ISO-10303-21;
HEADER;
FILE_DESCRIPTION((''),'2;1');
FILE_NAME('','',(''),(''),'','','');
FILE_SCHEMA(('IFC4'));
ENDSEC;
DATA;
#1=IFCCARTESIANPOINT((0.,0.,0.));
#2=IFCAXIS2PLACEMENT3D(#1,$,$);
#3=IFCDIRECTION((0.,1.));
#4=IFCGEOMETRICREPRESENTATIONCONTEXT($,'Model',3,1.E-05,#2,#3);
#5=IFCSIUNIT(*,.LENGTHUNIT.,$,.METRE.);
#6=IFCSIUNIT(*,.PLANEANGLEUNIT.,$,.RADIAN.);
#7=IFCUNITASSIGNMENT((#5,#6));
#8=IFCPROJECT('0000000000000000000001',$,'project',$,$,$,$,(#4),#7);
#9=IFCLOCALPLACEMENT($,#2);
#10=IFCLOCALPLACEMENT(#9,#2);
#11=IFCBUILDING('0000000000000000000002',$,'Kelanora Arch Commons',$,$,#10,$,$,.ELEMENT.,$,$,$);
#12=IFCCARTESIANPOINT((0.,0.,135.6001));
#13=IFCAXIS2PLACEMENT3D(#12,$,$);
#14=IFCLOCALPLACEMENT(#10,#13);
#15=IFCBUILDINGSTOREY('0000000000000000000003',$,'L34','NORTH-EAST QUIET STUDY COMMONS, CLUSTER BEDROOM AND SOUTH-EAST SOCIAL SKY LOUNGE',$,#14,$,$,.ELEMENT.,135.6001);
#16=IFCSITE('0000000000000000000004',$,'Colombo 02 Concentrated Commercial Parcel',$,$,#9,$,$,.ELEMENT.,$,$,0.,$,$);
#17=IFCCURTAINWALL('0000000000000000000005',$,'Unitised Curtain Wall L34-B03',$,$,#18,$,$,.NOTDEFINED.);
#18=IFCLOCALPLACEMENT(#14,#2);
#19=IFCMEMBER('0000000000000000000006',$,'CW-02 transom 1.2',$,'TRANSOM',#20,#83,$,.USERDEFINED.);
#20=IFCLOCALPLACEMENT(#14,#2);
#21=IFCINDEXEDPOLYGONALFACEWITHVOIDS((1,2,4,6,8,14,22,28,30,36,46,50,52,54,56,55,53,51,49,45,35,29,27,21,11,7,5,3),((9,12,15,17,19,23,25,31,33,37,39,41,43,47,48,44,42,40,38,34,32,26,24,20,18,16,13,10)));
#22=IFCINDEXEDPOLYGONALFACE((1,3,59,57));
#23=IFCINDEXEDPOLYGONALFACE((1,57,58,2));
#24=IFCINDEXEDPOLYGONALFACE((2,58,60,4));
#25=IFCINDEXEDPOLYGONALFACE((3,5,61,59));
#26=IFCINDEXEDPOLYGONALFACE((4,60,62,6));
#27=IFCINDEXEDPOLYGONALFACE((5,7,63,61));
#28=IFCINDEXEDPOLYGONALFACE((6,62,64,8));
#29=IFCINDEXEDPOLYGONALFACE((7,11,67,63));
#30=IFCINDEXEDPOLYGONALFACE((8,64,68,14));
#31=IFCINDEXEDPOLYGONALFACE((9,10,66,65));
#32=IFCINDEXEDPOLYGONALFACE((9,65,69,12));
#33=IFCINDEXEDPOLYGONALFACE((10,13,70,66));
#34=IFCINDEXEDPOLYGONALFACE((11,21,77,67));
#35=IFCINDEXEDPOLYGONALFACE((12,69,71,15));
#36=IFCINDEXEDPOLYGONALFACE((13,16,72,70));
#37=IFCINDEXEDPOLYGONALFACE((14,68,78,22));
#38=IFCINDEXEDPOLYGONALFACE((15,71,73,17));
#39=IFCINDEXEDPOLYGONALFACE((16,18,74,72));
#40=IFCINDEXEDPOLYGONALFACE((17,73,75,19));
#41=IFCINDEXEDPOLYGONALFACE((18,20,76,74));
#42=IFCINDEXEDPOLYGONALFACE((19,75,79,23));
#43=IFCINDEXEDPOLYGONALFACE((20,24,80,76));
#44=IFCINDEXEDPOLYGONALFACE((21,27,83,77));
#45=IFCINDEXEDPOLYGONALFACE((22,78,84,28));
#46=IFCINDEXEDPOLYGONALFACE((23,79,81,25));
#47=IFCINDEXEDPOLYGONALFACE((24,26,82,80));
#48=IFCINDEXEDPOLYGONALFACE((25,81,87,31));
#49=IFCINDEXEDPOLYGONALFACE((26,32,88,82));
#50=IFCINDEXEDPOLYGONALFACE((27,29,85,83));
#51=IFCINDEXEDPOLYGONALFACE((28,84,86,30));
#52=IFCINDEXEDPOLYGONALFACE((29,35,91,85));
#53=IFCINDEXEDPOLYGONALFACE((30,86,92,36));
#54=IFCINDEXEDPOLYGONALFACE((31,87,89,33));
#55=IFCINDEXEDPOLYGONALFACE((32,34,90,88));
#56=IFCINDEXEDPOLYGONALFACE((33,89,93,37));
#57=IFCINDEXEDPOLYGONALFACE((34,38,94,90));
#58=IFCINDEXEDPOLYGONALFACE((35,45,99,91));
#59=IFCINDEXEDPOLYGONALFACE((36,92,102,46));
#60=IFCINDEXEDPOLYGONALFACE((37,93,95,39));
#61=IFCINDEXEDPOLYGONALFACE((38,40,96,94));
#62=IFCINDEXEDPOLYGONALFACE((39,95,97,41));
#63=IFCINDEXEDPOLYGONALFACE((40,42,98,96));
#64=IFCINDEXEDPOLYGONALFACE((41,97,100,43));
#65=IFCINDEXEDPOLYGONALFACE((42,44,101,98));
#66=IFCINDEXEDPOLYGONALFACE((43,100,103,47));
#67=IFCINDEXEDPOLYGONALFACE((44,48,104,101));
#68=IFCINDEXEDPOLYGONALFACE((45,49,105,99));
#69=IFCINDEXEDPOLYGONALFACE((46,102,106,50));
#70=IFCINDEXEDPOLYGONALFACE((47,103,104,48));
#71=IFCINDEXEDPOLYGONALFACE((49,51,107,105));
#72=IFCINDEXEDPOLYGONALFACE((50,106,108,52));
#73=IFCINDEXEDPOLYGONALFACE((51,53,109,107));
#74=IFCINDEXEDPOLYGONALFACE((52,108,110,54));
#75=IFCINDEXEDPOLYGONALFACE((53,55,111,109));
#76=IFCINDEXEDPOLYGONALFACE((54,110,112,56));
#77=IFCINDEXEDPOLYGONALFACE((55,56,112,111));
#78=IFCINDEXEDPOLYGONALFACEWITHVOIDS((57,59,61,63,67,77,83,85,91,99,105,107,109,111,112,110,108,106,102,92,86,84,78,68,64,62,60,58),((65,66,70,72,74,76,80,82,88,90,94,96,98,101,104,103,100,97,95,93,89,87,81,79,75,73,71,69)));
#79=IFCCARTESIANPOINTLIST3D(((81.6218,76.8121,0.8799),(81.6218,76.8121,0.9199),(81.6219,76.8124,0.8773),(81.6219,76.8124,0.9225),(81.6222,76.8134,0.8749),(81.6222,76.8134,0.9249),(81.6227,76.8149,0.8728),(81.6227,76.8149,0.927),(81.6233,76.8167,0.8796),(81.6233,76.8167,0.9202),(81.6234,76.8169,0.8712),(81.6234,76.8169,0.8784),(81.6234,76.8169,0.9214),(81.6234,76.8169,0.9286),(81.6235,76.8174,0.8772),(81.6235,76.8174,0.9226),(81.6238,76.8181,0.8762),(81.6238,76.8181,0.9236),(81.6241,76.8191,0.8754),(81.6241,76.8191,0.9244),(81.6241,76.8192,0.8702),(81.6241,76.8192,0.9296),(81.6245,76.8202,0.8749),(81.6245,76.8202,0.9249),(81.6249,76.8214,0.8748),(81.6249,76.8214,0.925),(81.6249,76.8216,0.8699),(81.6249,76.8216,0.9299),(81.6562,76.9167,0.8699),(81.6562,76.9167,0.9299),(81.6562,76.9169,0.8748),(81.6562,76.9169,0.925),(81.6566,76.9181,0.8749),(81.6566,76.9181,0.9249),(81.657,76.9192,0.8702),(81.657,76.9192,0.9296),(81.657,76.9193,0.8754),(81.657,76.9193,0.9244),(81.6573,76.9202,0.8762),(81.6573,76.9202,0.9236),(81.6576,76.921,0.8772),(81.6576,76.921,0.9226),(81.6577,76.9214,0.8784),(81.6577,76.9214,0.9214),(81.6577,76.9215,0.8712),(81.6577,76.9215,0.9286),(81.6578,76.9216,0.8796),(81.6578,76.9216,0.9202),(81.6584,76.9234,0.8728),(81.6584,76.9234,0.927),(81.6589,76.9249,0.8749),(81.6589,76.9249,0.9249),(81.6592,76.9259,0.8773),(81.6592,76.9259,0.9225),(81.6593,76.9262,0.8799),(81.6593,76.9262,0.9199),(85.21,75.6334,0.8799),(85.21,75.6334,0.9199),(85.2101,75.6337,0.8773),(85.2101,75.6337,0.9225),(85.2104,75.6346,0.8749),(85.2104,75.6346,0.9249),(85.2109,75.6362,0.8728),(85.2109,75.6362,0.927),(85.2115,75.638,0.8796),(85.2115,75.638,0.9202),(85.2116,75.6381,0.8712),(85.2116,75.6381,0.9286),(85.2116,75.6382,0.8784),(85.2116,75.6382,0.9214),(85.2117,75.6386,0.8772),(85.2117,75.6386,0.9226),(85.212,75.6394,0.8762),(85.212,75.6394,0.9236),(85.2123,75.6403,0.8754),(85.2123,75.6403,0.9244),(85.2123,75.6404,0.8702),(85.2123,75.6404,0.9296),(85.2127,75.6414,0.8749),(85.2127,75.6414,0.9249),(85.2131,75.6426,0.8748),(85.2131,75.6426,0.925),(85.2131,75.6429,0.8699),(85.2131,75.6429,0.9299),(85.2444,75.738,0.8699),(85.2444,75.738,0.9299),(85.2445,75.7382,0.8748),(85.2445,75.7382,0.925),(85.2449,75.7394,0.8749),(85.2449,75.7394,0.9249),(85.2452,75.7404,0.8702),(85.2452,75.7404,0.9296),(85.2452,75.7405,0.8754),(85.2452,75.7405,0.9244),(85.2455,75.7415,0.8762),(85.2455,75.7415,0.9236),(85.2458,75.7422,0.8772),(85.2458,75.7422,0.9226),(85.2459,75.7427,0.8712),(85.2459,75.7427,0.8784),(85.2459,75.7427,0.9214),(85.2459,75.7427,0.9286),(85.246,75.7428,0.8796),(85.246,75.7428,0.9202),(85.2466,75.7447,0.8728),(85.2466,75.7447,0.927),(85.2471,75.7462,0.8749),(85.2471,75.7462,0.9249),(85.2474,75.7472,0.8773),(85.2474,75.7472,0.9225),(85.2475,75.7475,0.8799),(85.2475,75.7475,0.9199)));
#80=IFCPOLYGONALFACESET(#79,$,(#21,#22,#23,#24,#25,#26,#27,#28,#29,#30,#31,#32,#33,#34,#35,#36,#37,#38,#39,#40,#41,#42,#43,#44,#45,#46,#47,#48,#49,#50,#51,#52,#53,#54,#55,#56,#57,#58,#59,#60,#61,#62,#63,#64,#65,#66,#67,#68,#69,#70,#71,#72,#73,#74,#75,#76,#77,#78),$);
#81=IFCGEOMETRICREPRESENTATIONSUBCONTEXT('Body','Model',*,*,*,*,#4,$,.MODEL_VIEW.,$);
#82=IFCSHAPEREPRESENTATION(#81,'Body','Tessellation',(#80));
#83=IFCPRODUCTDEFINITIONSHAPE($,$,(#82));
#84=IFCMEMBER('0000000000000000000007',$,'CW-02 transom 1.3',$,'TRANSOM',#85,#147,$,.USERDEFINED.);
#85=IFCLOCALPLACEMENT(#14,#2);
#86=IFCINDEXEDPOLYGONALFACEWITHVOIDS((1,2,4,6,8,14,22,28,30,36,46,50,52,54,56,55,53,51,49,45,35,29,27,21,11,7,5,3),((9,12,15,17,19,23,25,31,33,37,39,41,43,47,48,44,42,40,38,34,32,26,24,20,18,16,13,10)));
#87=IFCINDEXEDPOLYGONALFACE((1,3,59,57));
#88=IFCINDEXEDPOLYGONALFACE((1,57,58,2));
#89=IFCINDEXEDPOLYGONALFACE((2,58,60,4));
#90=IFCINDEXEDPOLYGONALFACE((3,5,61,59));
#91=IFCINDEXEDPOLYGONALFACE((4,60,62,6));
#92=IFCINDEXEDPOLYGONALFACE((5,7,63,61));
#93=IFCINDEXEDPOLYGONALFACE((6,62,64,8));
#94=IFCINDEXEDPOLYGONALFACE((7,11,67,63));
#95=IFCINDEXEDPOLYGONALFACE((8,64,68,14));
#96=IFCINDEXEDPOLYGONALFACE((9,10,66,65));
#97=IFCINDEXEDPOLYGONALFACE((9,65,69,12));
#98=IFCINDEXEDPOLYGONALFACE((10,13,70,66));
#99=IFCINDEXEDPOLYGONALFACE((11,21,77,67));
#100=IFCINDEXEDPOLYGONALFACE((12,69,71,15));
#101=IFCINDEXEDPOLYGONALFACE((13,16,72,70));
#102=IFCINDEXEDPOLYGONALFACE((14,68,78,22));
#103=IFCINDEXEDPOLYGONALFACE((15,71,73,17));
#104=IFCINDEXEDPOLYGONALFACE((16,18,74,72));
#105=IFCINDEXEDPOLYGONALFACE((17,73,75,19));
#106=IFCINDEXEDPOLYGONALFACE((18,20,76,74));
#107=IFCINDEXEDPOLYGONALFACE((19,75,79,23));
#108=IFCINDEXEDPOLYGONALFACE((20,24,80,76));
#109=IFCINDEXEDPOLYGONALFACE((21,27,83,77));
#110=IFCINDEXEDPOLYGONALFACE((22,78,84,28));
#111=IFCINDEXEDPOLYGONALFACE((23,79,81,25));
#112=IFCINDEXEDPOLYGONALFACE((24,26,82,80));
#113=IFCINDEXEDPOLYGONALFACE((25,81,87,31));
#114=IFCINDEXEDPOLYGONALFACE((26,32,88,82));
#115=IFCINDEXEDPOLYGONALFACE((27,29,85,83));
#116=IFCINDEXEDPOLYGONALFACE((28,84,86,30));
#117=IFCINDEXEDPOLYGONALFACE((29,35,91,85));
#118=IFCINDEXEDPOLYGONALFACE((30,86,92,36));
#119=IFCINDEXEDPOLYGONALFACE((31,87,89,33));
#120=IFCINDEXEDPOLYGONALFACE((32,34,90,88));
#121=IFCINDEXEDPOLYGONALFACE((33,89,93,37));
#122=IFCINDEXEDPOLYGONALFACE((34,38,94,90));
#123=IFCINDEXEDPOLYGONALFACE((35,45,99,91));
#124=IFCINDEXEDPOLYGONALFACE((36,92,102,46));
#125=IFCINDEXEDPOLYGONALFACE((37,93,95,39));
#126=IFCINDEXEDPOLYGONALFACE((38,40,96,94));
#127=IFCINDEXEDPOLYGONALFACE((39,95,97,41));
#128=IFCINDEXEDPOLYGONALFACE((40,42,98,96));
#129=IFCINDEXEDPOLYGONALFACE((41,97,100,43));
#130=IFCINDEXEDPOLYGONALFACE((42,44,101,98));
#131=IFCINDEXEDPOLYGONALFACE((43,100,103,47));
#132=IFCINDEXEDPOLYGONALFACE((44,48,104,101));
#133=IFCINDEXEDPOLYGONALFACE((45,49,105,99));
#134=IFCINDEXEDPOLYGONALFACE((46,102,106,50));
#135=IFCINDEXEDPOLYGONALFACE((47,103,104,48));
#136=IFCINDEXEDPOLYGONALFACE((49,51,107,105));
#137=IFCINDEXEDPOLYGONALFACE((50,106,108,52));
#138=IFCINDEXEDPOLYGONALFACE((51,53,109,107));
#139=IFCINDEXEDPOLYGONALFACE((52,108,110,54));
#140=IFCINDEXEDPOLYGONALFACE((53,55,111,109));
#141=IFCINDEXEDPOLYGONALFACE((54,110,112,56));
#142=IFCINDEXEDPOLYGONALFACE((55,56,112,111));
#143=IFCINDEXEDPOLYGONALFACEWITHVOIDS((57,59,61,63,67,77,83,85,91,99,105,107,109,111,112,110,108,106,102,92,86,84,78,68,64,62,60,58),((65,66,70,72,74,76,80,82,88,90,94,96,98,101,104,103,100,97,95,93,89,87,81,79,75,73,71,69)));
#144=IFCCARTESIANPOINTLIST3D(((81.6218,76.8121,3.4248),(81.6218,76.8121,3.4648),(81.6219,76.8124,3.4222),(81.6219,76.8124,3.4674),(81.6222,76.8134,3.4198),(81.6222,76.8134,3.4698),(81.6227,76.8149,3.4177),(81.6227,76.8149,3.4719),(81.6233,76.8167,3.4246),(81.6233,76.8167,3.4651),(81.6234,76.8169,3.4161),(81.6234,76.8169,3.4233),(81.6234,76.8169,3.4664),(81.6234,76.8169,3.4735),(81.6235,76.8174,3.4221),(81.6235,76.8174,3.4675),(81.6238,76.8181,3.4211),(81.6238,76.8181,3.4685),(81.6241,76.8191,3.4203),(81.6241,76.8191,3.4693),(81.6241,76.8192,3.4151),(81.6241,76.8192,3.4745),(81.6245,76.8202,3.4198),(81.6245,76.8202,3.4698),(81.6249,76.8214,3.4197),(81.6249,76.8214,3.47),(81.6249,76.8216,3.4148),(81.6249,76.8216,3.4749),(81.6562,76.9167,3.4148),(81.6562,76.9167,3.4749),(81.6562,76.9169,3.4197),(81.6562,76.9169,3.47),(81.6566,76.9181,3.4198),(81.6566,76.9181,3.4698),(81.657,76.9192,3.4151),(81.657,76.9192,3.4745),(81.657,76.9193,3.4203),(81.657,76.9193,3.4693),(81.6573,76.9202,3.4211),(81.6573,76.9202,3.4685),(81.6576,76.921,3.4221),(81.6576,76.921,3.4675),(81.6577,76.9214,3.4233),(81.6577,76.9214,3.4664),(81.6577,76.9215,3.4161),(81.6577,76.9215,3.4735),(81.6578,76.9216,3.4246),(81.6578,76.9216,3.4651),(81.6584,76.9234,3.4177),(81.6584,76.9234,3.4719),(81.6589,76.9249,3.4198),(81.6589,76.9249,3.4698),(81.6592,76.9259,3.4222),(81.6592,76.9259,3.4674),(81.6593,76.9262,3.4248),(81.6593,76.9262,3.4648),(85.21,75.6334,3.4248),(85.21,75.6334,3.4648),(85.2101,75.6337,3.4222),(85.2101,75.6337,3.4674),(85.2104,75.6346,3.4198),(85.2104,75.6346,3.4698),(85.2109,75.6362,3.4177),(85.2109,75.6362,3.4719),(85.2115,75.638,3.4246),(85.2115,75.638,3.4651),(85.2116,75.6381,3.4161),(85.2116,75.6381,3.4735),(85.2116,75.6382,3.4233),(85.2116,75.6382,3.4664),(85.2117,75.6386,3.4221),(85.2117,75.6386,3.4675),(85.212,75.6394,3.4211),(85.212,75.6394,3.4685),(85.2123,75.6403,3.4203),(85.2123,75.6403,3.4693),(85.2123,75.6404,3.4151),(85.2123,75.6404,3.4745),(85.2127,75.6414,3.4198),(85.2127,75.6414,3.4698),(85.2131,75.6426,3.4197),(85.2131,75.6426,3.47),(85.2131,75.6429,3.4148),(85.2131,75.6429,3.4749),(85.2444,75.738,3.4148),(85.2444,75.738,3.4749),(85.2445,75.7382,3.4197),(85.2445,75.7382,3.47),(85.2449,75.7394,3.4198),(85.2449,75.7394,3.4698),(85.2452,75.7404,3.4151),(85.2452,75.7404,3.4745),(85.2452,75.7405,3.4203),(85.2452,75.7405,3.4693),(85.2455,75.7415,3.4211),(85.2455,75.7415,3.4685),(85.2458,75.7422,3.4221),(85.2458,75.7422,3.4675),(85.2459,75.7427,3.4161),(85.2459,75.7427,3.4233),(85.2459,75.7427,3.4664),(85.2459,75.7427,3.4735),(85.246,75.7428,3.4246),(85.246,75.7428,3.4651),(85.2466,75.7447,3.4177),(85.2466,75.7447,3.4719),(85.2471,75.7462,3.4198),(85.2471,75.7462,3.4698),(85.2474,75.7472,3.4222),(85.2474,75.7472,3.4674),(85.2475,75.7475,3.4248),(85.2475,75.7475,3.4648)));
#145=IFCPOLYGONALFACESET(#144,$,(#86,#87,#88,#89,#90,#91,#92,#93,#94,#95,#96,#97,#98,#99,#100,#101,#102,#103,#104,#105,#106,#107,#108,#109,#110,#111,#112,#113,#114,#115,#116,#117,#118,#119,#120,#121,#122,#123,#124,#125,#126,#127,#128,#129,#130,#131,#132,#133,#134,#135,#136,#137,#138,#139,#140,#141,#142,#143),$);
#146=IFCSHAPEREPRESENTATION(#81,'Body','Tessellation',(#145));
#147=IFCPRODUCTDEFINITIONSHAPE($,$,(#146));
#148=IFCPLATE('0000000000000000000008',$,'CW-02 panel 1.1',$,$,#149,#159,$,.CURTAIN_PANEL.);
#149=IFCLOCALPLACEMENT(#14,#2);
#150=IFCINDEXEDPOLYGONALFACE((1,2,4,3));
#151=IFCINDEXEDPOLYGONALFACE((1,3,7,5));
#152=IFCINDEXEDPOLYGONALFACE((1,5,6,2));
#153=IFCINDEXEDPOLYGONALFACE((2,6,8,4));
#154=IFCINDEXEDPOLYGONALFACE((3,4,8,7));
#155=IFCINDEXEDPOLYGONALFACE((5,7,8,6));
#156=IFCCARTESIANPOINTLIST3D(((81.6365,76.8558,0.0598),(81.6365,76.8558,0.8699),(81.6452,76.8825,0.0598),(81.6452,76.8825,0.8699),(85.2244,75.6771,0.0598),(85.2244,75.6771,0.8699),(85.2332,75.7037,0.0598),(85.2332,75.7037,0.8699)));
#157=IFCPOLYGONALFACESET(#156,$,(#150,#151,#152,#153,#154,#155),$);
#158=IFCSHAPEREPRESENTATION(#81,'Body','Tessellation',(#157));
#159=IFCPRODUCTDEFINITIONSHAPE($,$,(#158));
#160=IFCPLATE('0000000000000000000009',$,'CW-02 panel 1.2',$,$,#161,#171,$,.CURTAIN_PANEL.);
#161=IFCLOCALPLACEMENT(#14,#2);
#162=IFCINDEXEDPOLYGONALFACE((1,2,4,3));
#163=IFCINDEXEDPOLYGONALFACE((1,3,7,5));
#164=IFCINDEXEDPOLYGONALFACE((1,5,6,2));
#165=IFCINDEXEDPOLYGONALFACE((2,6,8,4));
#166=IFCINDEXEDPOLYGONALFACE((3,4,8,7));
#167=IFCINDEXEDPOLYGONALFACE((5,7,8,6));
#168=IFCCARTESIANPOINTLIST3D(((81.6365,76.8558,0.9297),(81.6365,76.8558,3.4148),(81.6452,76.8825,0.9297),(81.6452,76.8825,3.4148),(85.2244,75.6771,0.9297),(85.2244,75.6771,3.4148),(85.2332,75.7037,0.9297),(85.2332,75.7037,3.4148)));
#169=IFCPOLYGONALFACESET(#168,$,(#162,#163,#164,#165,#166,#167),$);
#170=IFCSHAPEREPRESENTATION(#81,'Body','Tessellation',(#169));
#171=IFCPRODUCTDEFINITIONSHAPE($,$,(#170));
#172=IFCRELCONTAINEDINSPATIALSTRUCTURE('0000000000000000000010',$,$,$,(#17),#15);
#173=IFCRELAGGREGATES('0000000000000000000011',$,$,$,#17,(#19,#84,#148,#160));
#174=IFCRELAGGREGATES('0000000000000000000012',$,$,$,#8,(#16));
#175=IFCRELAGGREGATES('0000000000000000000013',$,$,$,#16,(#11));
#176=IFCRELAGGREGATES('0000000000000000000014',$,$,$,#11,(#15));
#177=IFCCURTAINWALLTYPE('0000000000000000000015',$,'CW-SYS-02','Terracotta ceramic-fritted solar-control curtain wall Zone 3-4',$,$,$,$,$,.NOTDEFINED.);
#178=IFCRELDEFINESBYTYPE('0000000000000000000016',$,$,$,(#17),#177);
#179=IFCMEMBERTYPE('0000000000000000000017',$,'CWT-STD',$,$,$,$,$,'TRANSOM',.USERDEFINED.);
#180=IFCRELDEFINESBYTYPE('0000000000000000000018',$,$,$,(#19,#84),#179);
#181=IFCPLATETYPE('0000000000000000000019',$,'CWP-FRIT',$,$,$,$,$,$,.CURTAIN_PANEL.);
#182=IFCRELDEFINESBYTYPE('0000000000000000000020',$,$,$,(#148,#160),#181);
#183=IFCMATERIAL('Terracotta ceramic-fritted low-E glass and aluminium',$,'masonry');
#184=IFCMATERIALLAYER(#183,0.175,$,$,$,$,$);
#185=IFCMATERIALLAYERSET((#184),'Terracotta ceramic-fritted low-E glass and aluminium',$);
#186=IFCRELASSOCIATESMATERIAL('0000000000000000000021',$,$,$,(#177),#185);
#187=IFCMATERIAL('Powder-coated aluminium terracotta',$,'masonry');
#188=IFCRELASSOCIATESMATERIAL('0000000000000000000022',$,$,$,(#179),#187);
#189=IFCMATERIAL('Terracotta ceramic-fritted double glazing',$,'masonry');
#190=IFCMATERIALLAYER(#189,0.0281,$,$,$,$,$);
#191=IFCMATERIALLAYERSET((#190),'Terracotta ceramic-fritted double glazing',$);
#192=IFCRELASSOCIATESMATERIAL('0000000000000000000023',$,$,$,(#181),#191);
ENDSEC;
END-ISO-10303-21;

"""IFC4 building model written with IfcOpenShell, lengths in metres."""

from ifc_helpers import new_model, si_unit, direction, frame, origin, origin_2d, place, context, subcontext, project, spatial, rectangle, hollow_rectangle, extrude, source, transform, mapped, material, layer, layer_set, material_profile, profile_set, type_object, element, aggregate, save


model = new_model("IFC4")

# Units and contexts
model_context = context("Model", 3, precision=1e-05, world=origin(), true_north=direction((0.0, 1.0)))
body_context = subcontext(model_context, "Body", "Model", "MODEL_VIEW")
ifc_project = project(units=[si_unit("LENGTHUNIT", "METRE"), si_unit("PLANEANGLEUNIT", "RADIAN")], contexts=[model_context])

# Site, building, storey
site_placement = place(None, origin())
site = spatial("IfcSite", under=ifc_project, at=site_placement, Name="Colombo 02 Concentrated Commercial Parcel", CompositionType="ELEMENT", RefElevation=0.0)
building_placement = place(site_placement, origin())
building = spatial("IfcBuilding", under=site, at=building_placement, Name="Kelanora Arch Commons", CompositionType="ELEMENT")
storey_placement = place(building_placement, frame((0.0, 0.0, 135.6001)))
storey = spatial("IfcBuildingStorey", under=building, at=storey_placement, Name="L34", Description="NORTH-EAST QUIET STUDY COMMONS, CLUSTER BEDROOM AND SOUTH-EAST SOCIAL SKY LOUNGE", CompositionType="ELEMENT", Elevation=135.6001)

# Curtain wall, members, plates
ifc_material_1 = material(Name="Terracotta ceramic-fritted low-E glass and aluminium", Category="masonry")
ifc_layer_1 = layer(ifc_material_1, 0.175)
ifc_layer_set_1 = layer_set([ifc_layer_1], Name="Terracotta ceramic-fritted low-E glass and aluminium")
curtain_wall_type = type_object("IfcCurtainWallType", Name="CW-SYS-02", Description="Terracotta ceramic-fritted solar-control curtain wall Zone 3-4", PredefinedType="NOTDEFINED", material=ifc_layer_set_1)
curtain_wall_placement = place(storey_placement, origin())
curtain_wall = element("IfcCurtainWall", 1, at=curtain_wall_placement, inside=storey, type_object=curtain_wall_type, Name="Unitised Curtain Wall L34-B03", PredefinedType="NOTDEFINED")
ifc_material_2 = material(Name="Powder-coated aluminium terracotta", Category="masonry")
ifc_material_profile_1 = material_profile(ifc_material_2, hollow_rectangle(XDim=0.1201, YDim=0.0601, WallThickness=0.0049, InnerFilletRadius=0.0049, OuterFilletRadius=0.01, at=origin_2d()), Name="CWT120x60")
ifc_profile_set_1 = profile_set([ifc_material_profile_1], Name="Powder-coated aluminium terracotta")
member_type_1 = type_object("IfcMemberType", Name="CWT-STD", ElementType="TRANSOM", PredefinedType="USERDEFINED", material=ifc_profile_set_1)
member_1_placement = place(storey_placement, frame((85.2288, 75.6904, 0.8999), z_axis=(-0.950051, 0.312094, 0.0), x_axis=(-0.312094, -0.950051, 0.0)))
member_1 = element("IfcMember", 2, at=member_1_placement, type_object=member_type_1, Name="CW-02 transom 1.2", ObjectType="TRANSOM", PredefinedType="USERDEFINED", context=body_context, shape_type="SweptSolid", body=[
    extrude(hollow_rectangle(XDim=0.1201, YDim=0.0601, WallThickness=0.0049, InnerFilletRadius=0.0049, OuterFilletRadius=0.01, at=origin_2d()), origin(), (0.0, 0.0, 1.0), 3.7769),
])
member_2_placement = place(storey_placement, frame((85.2288, 75.6904, 3.4448), z_axis=(-0.950051, 0.312094, 0.0), x_axis=(-0.312094, -0.950051, 0.0)))
member_2 = element("IfcMember", 3, at=member_2_placement, type_object=member_type_1, Name="CW-02 transom 1.3", ObjectType="TRANSOM", PredefinedType="USERDEFINED", context=body_context, shape_type="SweptSolid", body=[
    extrude(hollow_rectangle(XDim=0.1201, YDim=0.0601, WallThickness=0.0049, InnerFilletRadius=0.0049, OuterFilletRadius=0.01, at=origin_2d()), origin(), (0.0, 0.0, 1.0), 3.7769),
])
ifc_material_3 = material(Name="Terracotta ceramic-fritted double glazing", Category="masonry")
ifc_layer_2 = layer(ifc_material_3, 0.0281)
ifc_layer_set_2 = layer_set([ifc_layer_2], Name="Terracotta ceramic-fritted double glazing")
plate_type = type_object("IfcPlateType", Name="CWP-FRIT", PredefinedType="CURTAIN_PANEL", material=ifc_layer_set_2)
shared_shape_1 = source(origin(), body_context, "Body", "SweptSolid", [
    extrude(rectangle(XDim=3.7766, YDim=0.0281, at=origin_2d()), origin(), (0.0, 0.0, 1.0), 0.8101),
])
plate_1_placement = place(storey_placement, frame((83.4348, 76.2798, 0.0598), z_axis=(0.0, 0.0, 1.0), x_axis=(-0.95004, 0.312128, 0.0)))
plate_1 = element("IfcPlate", 4, at=plate_1_placement, type_object=plate_type, Name="CW-02 panel 1.1", PredefinedType="CURTAIN_PANEL", context=body_context, shape_type="MappedRepresentation", body=[
    mapped(shared_shape_1, transform((0.0, 0.0, 0.0), scale=1.0)),
])
shared_shape_2 = source(origin(), body_context, "Body", "SweptSolid", [
    extrude(rectangle(XDim=3.7766, YDim=0.0281, at=origin_2d()), origin(), (0.0, 0.0, 1.0), 2.4851),
])
plate_2_placement = place(storey_placement, frame((83.4348, 76.2798, 0.9297), z_axis=(0.0, 0.0, 1.0), x_axis=(-0.95004, 0.312128, 0.0)))
plate_2 = element("IfcPlate", 5, at=plate_2_placement, type_object=plate_type, Name="CW-02 panel 1.2", PredefinedType="CURTAIN_PANEL", context=body_context, shape_type="MappedRepresentation", body=[
    mapped(shared_shape_2, transform((0.0, 0.0, 0.0), scale=1.0)),
])
aggregate(curtain_wall, [member_1, member_2, plate_1, plate_2])

save(model, "model.ifc")
